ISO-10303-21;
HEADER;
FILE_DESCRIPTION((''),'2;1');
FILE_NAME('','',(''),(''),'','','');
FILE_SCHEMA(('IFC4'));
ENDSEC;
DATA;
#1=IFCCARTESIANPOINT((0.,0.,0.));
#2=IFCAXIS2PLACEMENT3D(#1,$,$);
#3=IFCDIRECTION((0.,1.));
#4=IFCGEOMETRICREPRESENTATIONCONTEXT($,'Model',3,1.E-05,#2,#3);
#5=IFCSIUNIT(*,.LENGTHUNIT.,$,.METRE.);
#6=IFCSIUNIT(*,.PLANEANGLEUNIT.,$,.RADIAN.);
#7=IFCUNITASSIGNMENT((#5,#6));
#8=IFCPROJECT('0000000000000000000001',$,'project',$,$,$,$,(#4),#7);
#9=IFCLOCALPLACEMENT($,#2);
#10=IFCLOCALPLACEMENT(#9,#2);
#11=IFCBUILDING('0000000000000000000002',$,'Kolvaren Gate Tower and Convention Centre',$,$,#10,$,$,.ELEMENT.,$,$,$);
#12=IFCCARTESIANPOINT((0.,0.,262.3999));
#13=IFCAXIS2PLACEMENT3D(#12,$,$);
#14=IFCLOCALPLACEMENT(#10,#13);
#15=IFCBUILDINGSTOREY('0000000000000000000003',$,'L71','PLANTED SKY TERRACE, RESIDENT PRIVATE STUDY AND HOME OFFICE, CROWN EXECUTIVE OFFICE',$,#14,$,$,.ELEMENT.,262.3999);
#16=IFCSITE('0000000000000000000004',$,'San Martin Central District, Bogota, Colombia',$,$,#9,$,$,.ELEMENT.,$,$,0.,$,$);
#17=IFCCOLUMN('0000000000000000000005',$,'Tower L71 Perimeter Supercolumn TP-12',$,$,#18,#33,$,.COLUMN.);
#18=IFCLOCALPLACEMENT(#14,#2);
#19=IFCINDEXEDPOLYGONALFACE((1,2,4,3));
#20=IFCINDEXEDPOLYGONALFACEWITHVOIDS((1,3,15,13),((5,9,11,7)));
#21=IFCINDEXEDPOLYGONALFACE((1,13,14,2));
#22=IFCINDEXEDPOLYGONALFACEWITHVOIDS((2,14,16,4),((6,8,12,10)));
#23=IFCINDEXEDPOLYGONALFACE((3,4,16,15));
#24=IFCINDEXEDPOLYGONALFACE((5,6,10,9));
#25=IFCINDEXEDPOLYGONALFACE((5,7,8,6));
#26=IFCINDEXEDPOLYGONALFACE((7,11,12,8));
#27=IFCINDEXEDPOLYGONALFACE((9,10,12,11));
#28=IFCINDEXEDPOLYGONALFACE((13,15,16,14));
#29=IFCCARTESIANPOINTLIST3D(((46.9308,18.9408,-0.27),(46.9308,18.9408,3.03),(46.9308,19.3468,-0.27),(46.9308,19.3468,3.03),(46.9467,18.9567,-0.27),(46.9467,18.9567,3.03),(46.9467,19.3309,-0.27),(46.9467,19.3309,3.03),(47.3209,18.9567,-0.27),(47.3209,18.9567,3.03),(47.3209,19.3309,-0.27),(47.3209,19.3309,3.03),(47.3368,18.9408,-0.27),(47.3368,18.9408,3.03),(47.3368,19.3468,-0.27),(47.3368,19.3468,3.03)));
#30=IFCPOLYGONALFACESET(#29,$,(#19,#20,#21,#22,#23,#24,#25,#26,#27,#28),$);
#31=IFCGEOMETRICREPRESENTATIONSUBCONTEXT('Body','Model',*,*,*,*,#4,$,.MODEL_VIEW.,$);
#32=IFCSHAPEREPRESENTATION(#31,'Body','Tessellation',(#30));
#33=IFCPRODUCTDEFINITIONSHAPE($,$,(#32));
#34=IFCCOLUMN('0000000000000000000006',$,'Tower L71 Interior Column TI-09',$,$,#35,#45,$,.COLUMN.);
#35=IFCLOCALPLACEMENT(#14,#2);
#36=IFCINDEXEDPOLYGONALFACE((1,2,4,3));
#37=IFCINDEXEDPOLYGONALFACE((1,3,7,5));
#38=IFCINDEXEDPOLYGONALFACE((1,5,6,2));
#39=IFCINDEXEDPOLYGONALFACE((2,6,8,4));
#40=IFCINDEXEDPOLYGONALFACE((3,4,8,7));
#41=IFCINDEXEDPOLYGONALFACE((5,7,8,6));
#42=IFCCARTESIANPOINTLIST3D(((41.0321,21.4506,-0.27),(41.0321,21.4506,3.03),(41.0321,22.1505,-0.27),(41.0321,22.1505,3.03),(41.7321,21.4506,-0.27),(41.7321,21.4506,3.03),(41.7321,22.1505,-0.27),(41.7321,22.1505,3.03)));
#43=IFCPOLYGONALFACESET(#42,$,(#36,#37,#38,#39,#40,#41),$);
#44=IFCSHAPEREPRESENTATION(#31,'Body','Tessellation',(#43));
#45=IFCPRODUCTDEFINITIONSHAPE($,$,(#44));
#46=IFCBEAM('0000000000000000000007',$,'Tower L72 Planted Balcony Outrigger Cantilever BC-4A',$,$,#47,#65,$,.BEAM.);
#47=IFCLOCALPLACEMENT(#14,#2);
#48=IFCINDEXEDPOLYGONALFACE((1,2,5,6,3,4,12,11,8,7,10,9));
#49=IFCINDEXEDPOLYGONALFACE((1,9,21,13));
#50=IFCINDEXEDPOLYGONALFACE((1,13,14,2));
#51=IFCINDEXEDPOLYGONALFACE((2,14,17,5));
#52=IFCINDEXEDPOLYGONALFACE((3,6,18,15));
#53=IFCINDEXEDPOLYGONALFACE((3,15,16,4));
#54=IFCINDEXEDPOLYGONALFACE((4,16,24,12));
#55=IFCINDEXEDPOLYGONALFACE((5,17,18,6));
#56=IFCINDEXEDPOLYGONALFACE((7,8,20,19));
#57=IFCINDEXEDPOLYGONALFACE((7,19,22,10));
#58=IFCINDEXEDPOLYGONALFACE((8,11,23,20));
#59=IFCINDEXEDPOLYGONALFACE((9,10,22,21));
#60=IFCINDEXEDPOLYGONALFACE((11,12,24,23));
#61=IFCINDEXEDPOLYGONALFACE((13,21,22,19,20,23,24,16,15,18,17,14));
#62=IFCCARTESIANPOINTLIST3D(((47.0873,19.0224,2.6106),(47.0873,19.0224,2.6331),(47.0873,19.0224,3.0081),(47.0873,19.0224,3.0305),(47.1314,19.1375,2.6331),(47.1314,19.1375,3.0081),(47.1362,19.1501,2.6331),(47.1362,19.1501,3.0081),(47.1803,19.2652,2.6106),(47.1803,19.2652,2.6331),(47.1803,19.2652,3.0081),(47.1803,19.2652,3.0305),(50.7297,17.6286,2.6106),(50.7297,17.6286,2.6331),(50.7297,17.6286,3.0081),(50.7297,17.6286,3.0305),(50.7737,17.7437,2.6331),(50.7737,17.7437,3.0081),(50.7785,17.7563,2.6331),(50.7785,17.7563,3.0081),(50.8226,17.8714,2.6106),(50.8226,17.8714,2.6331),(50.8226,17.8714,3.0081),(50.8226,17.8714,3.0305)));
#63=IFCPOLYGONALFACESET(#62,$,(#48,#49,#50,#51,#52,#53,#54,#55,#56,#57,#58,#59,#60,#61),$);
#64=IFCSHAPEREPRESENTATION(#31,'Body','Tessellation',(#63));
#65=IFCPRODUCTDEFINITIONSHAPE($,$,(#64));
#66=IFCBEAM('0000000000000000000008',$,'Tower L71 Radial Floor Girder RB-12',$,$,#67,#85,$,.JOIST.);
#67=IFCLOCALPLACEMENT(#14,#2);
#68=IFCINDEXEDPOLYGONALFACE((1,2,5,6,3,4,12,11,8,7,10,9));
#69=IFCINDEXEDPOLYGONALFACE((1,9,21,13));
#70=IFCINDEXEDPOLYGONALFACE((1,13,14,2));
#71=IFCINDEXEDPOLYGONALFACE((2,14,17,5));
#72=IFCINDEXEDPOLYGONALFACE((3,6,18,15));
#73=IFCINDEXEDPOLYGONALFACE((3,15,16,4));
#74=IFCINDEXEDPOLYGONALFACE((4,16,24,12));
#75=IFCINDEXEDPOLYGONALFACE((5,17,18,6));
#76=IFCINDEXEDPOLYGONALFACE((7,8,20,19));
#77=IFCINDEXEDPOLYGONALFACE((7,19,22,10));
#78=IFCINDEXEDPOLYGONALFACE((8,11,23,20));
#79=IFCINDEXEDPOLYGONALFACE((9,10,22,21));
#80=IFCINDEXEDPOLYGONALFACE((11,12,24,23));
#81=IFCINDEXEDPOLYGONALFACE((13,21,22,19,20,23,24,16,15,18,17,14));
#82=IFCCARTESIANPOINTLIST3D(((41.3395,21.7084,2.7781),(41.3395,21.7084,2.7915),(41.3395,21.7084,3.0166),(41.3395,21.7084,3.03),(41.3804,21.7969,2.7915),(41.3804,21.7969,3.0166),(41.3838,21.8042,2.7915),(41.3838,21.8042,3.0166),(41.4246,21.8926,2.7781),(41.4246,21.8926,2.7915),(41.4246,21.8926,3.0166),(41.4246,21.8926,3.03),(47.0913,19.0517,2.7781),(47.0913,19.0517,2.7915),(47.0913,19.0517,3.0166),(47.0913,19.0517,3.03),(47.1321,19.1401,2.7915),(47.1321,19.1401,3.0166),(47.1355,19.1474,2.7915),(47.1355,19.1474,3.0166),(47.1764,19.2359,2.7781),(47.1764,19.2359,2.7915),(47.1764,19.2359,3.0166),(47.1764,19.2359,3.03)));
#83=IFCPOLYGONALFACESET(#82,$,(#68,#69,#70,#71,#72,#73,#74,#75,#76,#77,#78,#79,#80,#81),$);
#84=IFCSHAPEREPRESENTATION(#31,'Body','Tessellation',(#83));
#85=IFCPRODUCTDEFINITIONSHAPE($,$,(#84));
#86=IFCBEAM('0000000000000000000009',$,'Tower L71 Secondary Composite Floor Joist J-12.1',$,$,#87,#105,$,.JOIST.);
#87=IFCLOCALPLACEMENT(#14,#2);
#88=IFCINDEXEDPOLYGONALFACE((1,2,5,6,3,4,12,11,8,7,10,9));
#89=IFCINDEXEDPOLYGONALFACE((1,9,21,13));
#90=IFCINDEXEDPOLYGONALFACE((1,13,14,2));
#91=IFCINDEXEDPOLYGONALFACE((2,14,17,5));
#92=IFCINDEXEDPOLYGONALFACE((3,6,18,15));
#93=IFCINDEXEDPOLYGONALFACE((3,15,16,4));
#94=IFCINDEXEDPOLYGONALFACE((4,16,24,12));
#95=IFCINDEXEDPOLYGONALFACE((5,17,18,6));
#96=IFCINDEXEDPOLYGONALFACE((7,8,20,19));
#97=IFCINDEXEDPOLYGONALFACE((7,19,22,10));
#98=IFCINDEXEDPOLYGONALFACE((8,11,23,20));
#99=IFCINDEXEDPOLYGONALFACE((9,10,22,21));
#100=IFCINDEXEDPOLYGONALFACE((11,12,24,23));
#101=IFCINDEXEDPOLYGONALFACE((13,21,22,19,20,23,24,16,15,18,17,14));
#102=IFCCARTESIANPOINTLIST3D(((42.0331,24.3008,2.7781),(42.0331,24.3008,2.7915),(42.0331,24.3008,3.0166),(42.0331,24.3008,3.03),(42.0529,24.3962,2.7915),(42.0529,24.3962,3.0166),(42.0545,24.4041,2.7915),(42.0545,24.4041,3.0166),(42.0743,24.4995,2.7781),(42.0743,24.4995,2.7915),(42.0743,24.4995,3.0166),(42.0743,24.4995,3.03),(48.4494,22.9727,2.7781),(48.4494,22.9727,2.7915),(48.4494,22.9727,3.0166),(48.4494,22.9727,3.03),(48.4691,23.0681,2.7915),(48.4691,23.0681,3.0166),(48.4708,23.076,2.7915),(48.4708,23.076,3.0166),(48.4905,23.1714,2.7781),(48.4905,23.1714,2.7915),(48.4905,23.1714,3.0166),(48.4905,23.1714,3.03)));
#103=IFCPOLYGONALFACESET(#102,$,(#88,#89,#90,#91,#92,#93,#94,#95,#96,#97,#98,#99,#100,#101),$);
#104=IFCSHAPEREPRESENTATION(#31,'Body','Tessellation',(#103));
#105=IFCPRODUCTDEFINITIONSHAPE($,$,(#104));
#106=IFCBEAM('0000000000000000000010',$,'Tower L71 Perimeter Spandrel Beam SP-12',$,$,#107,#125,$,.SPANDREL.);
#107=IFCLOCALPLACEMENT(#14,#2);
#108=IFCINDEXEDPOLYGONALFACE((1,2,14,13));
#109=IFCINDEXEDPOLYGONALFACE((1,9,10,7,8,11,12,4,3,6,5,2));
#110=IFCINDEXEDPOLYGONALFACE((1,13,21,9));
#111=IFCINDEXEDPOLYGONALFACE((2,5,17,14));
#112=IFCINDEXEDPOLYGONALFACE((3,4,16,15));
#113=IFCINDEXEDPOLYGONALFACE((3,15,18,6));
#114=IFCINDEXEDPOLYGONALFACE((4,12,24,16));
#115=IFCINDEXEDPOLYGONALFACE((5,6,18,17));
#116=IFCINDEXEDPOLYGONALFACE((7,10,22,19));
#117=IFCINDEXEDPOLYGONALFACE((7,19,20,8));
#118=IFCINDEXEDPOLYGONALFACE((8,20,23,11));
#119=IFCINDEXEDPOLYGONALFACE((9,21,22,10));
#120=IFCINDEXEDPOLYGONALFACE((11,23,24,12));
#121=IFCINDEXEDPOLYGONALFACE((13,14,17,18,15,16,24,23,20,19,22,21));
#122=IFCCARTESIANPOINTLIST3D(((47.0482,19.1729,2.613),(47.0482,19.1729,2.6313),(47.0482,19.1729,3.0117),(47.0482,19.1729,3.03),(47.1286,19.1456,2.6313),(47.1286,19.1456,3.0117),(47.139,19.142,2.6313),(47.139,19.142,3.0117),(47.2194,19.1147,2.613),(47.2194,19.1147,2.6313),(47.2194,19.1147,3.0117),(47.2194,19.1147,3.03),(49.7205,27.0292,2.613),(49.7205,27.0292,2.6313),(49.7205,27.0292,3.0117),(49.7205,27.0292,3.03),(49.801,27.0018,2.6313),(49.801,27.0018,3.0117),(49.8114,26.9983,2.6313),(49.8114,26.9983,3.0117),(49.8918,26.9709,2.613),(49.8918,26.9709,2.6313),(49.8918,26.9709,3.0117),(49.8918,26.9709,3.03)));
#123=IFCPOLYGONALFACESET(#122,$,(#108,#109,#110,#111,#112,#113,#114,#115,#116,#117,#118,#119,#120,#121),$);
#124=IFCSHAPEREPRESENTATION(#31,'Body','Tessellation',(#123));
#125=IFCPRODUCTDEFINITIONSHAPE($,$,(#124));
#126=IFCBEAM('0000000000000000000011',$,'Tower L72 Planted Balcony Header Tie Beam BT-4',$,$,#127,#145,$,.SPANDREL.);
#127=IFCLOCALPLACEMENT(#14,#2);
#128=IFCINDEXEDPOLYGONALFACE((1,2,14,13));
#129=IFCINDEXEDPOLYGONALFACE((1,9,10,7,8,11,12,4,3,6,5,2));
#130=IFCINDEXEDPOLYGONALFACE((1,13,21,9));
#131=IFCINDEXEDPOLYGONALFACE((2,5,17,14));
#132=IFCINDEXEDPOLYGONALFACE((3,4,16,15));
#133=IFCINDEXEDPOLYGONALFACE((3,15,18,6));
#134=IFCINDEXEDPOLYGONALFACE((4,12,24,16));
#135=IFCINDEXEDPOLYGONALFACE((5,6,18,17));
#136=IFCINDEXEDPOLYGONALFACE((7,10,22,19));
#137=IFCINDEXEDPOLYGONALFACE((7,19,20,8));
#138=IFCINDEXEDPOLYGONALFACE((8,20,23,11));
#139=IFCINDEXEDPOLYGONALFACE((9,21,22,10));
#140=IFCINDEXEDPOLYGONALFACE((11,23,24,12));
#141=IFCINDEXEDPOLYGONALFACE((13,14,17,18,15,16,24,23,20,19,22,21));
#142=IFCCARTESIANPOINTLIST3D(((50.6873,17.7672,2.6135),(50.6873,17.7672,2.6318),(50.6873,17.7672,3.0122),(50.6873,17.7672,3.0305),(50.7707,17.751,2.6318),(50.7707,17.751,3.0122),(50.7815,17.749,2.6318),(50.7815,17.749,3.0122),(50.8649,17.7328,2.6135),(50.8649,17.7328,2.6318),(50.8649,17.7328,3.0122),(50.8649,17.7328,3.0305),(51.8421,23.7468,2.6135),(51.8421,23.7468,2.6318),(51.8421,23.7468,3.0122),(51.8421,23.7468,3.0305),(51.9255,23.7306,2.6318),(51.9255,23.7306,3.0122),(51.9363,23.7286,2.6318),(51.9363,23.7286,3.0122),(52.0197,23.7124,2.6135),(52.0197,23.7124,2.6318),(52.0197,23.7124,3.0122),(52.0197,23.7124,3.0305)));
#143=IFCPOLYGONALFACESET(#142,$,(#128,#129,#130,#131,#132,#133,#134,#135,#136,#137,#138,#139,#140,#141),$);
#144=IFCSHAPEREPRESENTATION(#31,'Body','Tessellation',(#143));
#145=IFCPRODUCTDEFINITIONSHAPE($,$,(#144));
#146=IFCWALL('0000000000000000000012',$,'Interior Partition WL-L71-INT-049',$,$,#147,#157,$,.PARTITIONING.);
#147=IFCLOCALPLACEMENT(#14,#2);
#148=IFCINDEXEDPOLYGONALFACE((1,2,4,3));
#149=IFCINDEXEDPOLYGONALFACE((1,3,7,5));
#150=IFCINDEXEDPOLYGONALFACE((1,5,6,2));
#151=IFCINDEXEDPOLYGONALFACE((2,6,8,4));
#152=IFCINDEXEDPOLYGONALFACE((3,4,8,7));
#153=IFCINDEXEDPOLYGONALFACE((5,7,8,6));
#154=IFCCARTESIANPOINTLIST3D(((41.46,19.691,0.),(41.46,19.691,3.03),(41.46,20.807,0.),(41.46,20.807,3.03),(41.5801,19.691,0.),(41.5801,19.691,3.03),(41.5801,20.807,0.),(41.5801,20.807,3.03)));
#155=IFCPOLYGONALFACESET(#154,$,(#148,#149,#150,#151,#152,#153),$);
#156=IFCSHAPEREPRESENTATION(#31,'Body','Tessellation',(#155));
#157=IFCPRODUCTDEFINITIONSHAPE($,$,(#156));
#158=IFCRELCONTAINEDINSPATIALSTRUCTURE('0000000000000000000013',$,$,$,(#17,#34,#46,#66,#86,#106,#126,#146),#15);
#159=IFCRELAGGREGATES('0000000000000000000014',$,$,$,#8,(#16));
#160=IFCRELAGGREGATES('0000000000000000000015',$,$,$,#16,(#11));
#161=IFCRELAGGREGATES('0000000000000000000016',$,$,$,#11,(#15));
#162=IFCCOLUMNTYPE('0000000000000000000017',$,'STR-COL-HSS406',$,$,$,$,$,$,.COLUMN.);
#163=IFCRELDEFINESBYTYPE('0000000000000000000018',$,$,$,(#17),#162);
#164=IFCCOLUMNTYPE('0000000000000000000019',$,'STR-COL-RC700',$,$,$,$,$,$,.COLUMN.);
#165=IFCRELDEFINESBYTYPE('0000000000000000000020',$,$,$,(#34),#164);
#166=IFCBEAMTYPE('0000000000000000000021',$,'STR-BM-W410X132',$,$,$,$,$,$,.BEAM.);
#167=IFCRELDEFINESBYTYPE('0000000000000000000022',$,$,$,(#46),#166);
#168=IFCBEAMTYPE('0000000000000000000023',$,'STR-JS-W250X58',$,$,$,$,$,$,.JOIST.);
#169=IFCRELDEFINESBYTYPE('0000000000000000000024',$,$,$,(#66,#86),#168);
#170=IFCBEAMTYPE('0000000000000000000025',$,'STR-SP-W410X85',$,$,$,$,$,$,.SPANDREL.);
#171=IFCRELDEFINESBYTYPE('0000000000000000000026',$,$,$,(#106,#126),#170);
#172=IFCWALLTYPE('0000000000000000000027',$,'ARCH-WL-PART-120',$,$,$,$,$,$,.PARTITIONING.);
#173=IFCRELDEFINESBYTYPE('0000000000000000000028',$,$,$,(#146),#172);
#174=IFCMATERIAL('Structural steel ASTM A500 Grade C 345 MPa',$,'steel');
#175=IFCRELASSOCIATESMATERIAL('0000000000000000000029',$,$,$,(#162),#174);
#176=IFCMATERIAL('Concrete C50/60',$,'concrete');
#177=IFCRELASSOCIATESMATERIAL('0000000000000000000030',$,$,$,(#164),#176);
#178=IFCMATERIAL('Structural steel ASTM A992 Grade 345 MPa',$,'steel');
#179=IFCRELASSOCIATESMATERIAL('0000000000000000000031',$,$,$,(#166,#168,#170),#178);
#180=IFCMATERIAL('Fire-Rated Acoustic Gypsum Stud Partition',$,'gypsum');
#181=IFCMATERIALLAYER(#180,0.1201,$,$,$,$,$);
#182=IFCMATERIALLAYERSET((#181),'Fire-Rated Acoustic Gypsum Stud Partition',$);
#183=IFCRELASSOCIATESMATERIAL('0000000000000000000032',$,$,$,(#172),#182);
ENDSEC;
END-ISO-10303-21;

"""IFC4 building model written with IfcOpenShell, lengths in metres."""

from ifc_helpers import new_model, si_unit, direction, frame, frame_2d, origin, origin_2d, place, context, subcontext, project, spatial, rectangle, hollow_rectangle, i_section, extrude, material, layer, layer_set, material_profile, profile_set, type_object, element, save


model = new_model("IFC4")

# Units and contexts
model_context = context("Model", 3, precision=1e-05, world=origin(), true_north=direction((0.0, 1.0)))
body_context = subcontext(model_context, "Body", "Model", "MODEL_VIEW")
ifc_project = project(units=[si_unit("LENGTHUNIT", "METRE"), si_unit("PLANEANGLEUNIT", "RADIAN")], contexts=[model_context])

# Site, building, storey
site_placement = place(None, origin())
site = spatial("IfcSite", under=ifc_project, at=site_placement, Name="San Martin Central District, Bogota, Colombia", CompositionType="ELEMENT", RefElevation=0.0)
building_placement = place(site_placement, origin())
building = spatial("IfcBuilding", under=site, at=building_placement, Name="Kolvaren Gate Tower and Convention Centre", CompositionType="ELEMENT")
storey_placement = place(building_placement, frame((0.0, 0.0, 262.3999)))
storey = spatial("IfcBuildingStorey", under=building, at=storey_placement, Name="L71", Description="PLANTED SKY TERRACE, RESIDENT PRIVATE STUDY AND HOME OFFICE, CROWN EXECUTIVE OFFICE", CompositionType="ELEMENT", Elevation=262.3999)

# Columns
ifc_material_1 = material(Name="Structural steel ASTM A500 Grade C 345 MPa", Category="steel")
ifc_material_profile_1 = material_profile(ifc_material_1, hollow_rectangle(XDim=0.406, YDim=0.406, WallThickness=0.0159, at=origin_2d()), Name="HSS406X406X15.9")
ifc_profile_set_1 = profile_set([ifc_material_profile_1], Name="Structural steel ASTM A500 Grade C 345 MPa")
column_type_1 = type_object("IfcColumnType", Name="STR-COL-HSS406", PredefinedType="COLUMN", material=ifc_profile_set_1)
column_1_placement = place(storey_placement, frame((47.1338, 19.1438, -0.27), z_axis=(0.0, 0.0, 1.0), x_axis=(1.0, 0.0, 0.0)))
element("IfcColumn", 1, at=column_1_placement, inside=storey, type_object=column_type_1, Name="Tower L71 Perimeter Supercolumn TP-12", PredefinedType="COLUMN", context=body_context, shape_type="SweptSolid", body=[
    extrude(hollow_rectangle(XDim=0.406, YDim=0.406, WallThickness=0.0159, at=origin_2d()), origin(), (0.0, 0.0, 1.0), 3.3),
])
ifc_material_2 = material(Name="Concrete C50/60", Category="concrete")
ifc_material_profile_2 = material_profile(ifc_material_2, rectangle(XDim=0.7, YDim=0.7, at=origin_2d()), Name="RC-COL-700X700")
ifc_profile_set_2 = profile_set([ifc_material_profile_2], Name="Concrete C50/60")
column_type_2 = type_object("IfcColumnType", Name="STR-COL-RC700", PredefinedType="COLUMN", material=ifc_profile_set_2)
column_2_placement = place(storey_placement, frame((41.3821, 21.8005, -0.27), z_axis=(0.0, 0.0, 1.0), x_axis=(1.0, 0.0, 0.0)))
element("IfcColumn", 2, at=column_2_placement, inside=storey, type_object=column_type_2, Name="Tower L71 Interior Column TI-09", PredefinedType="COLUMN", context=body_context, shape_type="SweptSolid", body=[
    extrude(rectangle(XDim=0.7, YDim=0.7, at=origin_2d()), origin(), (0.0, 0.0, 1.0), 3.3),
])

# Beams
ifc_material_3 = material(Name="Structural steel ASTM A992 Grade 345 MPa", Category="steel")
ifc_material_profile_3 = material_profile(ifc_material_3, i_section(OverallWidth=0.26, OverallDepth=0.4199, WebThickness=0.0134, FlangeThickness=0.0225, at=origin_2d()), Name="W410X132")
ifc_profile_set_3 = profile_set([ifc_material_profile_3], Name="Structural steel ASTM A992 Grade 345 MPa")
beam_type_1 = type_object("IfcBeamType", Name="STR-BM-W410X132", PredefinedType="BEAM", material=ifc_profile_set_3)
beam_1_placement = place(storey_placement, frame((47.1338, 19.1438, 2.8206), z_axis=(0.933954, -0.357393, 0.0), x_axis=(0.357393, 0.933954, 0.0)))
element("IfcBeam", 3, at=beam_1_placement, inside=storey, type_object=beam_type_1, Name="Tower L72 Planted Balcony Outrigger Cantilever BC-4A", PredefinedType="BEAM", context=body_context, shape_type="SweptSolid", body=[
    extrude(i_section(OverallWidth=0.26, OverallDepth=0.4199, WebThickness=0.0134, FlangeThickness=0.0225, at=origin_2d()), origin(), (0.0, 0.0, 1.0), 3.8999),
])
ifc_material_profile_4 = material_profile(ifc_material_3, i_section(OverallWidth=0.2029, OverallDepth=0.252, WebThickness=0.0081, FlangeThickness=0.0134, at=origin_2d()), Name="W250X58")
ifc_profile_set_4 = profile_set([ifc_material_profile_4], Name="Structural steel ASTM A992 Grade 345 MPa")
beam_type_2 = type_object("IfcBeamType", Name="STR-JS-W250X58", PredefinedType="JOIST", material=ifc_profile_set_4)
beam_2_placement = place(storey_placement, frame((41.3821, 21.8005, 2.9041), z_axis=(0.907833, -0.419332, 0.0), x_axis=(0.419332, 0.907833, 0.0)))
element("IfcBeam", 4, at=beam_2_placement, inside=storey, type_object=beam_type_2, Name="Tower L71 Radial Floor Girder RB-12", PredefinedType="JOIST", context=body_context, shape_type="SweptSolid", body=[
    extrude(i_section(OverallWidth=0.2029, OverallDepth=0.252, WebThickness=0.0081, FlangeThickness=0.0134, at=origin_2d()), origin(), (0.0, 0.0, 1.0), 6.3357),
])
beam_3_placement = place(storey_placement, frame((42.0537, 24.4001, 2.9041), z_axis=(0.979242, -0.202697, 0.0), x_axis=(0.202697, 0.979242, 0.0)))
element("IfcBeam", 5, at=beam_3_placement, inside=storey, type_object=beam_type_2, Name="Tower L71 Secondary Composite Floor Joist J-12.1", PredefinedType="JOIST", context=body_context, shape_type="SweptSolid", body=[
    extrude(i_section(OverallWidth=0.2029, OverallDepth=0.252, WebThickness=0.0081, FlangeThickness=0.0134, at=origin_2d()), origin(), (0.0, 0.0, 1.0), 6.5522),
])
ifc_material_profile_5 = material_profile(ifc_material_3, i_section(OverallWidth=0.1809, OverallDepth=0.417, WebThickness=0.011, FlangeThickness=0.0183, at=origin_2d()), Name="W410X85")
ifc_profile_set_5 = profile_set([ifc_material_profile_5], Name="Structural steel ASTM A992 Grade 345 MPa")
beam_type_3 = type_object("IfcBeamType", Name="STR-SP-W410X85", PredefinedType="SPANDREL", material=ifc_profile_set_5)
beam_4_placement = place(storey_placement, frame((47.1338, 19.1438, 2.8215), z_axis=(0.322038, 0.946727, 0.0), x_axis=(-0.946727, 0.322038, 0.0)))
element("IfcBeam", 6, at=beam_4_placement, inside=storey, type_object=beam_type_3, Name="Tower L71 Perimeter Spandrel Beam SP-12", PredefinedType="SPANDREL", context=body_context, shape_type="SweptSolid", body=[
    extrude(i_section(OverallWidth=0.1809, OverallDepth=0.417, WebThickness=0.011, FlangeThickness=0.0183, at=origin_2d()), origin(), (0.0, 0.0, 1.0), 8.2983),
])
beam_5_placement = place(storey_placement, frame((50.7761, 17.75, 2.822), z_axis=(0.189621, 0.981857, 0.0), x_axis=(-0.981857, 0.189621, 0.0)))
element("IfcBeam", 7, at=beam_5_placement, inside=storey, type_object=beam_type_3, Name="Tower L72 Planted Balcony Header Tie Beam BT-4", PredefinedType="SPANDREL", context=body_context, shape_type="SweptSolid", body=[
    extrude(i_section(OverallWidth=0.1809, OverallDepth=0.417, WebThickness=0.011, FlangeThickness=0.0183, at=origin_2d()), origin(), (0.0, 0.0, 1.0), 6.0901),
])

# Wall
ifc_material_4 = material(Name="Fire-Rated Acoustic Gypsum Stud Partition", Category="gypsum")
ifc_layer_1 = layer(ifc_material_4, 0.1201)
ifc_layer_set_1 = layer_set([ifc_layer_1], Name="Fire-Rated Acoustic Gypsum Stud Partition")
wall_type_1 = type_object("IfcWallType", Name="ARCH-WL-PART-120", PredefinedType="PARTITIONING", material=ifc_layer_set_1)
wall_1_placement = place(storey_placement, frame((41.52, 19.6909, 0.0), z_axis=(0.0, 0.0, 1.0), x_axis=(0.0, 1.0, 0.0)))
element("IfcWall", 8, at=wall_1_placement, inside=storey, type_object=wall_type_1, Name="Interior Partition WL-L71-INT-049", PredefinedType="PARTITIONING", context=body_context, shape_type="SweptSolid", body=[
    extrude(rectangle(XDim=1.116, YDim=0.1201, at=frame_2d((0.5581, 0.0))), origin(), (0.0, 0.0, 1.0), 3.03),
])

save(model, "model.ifc")
